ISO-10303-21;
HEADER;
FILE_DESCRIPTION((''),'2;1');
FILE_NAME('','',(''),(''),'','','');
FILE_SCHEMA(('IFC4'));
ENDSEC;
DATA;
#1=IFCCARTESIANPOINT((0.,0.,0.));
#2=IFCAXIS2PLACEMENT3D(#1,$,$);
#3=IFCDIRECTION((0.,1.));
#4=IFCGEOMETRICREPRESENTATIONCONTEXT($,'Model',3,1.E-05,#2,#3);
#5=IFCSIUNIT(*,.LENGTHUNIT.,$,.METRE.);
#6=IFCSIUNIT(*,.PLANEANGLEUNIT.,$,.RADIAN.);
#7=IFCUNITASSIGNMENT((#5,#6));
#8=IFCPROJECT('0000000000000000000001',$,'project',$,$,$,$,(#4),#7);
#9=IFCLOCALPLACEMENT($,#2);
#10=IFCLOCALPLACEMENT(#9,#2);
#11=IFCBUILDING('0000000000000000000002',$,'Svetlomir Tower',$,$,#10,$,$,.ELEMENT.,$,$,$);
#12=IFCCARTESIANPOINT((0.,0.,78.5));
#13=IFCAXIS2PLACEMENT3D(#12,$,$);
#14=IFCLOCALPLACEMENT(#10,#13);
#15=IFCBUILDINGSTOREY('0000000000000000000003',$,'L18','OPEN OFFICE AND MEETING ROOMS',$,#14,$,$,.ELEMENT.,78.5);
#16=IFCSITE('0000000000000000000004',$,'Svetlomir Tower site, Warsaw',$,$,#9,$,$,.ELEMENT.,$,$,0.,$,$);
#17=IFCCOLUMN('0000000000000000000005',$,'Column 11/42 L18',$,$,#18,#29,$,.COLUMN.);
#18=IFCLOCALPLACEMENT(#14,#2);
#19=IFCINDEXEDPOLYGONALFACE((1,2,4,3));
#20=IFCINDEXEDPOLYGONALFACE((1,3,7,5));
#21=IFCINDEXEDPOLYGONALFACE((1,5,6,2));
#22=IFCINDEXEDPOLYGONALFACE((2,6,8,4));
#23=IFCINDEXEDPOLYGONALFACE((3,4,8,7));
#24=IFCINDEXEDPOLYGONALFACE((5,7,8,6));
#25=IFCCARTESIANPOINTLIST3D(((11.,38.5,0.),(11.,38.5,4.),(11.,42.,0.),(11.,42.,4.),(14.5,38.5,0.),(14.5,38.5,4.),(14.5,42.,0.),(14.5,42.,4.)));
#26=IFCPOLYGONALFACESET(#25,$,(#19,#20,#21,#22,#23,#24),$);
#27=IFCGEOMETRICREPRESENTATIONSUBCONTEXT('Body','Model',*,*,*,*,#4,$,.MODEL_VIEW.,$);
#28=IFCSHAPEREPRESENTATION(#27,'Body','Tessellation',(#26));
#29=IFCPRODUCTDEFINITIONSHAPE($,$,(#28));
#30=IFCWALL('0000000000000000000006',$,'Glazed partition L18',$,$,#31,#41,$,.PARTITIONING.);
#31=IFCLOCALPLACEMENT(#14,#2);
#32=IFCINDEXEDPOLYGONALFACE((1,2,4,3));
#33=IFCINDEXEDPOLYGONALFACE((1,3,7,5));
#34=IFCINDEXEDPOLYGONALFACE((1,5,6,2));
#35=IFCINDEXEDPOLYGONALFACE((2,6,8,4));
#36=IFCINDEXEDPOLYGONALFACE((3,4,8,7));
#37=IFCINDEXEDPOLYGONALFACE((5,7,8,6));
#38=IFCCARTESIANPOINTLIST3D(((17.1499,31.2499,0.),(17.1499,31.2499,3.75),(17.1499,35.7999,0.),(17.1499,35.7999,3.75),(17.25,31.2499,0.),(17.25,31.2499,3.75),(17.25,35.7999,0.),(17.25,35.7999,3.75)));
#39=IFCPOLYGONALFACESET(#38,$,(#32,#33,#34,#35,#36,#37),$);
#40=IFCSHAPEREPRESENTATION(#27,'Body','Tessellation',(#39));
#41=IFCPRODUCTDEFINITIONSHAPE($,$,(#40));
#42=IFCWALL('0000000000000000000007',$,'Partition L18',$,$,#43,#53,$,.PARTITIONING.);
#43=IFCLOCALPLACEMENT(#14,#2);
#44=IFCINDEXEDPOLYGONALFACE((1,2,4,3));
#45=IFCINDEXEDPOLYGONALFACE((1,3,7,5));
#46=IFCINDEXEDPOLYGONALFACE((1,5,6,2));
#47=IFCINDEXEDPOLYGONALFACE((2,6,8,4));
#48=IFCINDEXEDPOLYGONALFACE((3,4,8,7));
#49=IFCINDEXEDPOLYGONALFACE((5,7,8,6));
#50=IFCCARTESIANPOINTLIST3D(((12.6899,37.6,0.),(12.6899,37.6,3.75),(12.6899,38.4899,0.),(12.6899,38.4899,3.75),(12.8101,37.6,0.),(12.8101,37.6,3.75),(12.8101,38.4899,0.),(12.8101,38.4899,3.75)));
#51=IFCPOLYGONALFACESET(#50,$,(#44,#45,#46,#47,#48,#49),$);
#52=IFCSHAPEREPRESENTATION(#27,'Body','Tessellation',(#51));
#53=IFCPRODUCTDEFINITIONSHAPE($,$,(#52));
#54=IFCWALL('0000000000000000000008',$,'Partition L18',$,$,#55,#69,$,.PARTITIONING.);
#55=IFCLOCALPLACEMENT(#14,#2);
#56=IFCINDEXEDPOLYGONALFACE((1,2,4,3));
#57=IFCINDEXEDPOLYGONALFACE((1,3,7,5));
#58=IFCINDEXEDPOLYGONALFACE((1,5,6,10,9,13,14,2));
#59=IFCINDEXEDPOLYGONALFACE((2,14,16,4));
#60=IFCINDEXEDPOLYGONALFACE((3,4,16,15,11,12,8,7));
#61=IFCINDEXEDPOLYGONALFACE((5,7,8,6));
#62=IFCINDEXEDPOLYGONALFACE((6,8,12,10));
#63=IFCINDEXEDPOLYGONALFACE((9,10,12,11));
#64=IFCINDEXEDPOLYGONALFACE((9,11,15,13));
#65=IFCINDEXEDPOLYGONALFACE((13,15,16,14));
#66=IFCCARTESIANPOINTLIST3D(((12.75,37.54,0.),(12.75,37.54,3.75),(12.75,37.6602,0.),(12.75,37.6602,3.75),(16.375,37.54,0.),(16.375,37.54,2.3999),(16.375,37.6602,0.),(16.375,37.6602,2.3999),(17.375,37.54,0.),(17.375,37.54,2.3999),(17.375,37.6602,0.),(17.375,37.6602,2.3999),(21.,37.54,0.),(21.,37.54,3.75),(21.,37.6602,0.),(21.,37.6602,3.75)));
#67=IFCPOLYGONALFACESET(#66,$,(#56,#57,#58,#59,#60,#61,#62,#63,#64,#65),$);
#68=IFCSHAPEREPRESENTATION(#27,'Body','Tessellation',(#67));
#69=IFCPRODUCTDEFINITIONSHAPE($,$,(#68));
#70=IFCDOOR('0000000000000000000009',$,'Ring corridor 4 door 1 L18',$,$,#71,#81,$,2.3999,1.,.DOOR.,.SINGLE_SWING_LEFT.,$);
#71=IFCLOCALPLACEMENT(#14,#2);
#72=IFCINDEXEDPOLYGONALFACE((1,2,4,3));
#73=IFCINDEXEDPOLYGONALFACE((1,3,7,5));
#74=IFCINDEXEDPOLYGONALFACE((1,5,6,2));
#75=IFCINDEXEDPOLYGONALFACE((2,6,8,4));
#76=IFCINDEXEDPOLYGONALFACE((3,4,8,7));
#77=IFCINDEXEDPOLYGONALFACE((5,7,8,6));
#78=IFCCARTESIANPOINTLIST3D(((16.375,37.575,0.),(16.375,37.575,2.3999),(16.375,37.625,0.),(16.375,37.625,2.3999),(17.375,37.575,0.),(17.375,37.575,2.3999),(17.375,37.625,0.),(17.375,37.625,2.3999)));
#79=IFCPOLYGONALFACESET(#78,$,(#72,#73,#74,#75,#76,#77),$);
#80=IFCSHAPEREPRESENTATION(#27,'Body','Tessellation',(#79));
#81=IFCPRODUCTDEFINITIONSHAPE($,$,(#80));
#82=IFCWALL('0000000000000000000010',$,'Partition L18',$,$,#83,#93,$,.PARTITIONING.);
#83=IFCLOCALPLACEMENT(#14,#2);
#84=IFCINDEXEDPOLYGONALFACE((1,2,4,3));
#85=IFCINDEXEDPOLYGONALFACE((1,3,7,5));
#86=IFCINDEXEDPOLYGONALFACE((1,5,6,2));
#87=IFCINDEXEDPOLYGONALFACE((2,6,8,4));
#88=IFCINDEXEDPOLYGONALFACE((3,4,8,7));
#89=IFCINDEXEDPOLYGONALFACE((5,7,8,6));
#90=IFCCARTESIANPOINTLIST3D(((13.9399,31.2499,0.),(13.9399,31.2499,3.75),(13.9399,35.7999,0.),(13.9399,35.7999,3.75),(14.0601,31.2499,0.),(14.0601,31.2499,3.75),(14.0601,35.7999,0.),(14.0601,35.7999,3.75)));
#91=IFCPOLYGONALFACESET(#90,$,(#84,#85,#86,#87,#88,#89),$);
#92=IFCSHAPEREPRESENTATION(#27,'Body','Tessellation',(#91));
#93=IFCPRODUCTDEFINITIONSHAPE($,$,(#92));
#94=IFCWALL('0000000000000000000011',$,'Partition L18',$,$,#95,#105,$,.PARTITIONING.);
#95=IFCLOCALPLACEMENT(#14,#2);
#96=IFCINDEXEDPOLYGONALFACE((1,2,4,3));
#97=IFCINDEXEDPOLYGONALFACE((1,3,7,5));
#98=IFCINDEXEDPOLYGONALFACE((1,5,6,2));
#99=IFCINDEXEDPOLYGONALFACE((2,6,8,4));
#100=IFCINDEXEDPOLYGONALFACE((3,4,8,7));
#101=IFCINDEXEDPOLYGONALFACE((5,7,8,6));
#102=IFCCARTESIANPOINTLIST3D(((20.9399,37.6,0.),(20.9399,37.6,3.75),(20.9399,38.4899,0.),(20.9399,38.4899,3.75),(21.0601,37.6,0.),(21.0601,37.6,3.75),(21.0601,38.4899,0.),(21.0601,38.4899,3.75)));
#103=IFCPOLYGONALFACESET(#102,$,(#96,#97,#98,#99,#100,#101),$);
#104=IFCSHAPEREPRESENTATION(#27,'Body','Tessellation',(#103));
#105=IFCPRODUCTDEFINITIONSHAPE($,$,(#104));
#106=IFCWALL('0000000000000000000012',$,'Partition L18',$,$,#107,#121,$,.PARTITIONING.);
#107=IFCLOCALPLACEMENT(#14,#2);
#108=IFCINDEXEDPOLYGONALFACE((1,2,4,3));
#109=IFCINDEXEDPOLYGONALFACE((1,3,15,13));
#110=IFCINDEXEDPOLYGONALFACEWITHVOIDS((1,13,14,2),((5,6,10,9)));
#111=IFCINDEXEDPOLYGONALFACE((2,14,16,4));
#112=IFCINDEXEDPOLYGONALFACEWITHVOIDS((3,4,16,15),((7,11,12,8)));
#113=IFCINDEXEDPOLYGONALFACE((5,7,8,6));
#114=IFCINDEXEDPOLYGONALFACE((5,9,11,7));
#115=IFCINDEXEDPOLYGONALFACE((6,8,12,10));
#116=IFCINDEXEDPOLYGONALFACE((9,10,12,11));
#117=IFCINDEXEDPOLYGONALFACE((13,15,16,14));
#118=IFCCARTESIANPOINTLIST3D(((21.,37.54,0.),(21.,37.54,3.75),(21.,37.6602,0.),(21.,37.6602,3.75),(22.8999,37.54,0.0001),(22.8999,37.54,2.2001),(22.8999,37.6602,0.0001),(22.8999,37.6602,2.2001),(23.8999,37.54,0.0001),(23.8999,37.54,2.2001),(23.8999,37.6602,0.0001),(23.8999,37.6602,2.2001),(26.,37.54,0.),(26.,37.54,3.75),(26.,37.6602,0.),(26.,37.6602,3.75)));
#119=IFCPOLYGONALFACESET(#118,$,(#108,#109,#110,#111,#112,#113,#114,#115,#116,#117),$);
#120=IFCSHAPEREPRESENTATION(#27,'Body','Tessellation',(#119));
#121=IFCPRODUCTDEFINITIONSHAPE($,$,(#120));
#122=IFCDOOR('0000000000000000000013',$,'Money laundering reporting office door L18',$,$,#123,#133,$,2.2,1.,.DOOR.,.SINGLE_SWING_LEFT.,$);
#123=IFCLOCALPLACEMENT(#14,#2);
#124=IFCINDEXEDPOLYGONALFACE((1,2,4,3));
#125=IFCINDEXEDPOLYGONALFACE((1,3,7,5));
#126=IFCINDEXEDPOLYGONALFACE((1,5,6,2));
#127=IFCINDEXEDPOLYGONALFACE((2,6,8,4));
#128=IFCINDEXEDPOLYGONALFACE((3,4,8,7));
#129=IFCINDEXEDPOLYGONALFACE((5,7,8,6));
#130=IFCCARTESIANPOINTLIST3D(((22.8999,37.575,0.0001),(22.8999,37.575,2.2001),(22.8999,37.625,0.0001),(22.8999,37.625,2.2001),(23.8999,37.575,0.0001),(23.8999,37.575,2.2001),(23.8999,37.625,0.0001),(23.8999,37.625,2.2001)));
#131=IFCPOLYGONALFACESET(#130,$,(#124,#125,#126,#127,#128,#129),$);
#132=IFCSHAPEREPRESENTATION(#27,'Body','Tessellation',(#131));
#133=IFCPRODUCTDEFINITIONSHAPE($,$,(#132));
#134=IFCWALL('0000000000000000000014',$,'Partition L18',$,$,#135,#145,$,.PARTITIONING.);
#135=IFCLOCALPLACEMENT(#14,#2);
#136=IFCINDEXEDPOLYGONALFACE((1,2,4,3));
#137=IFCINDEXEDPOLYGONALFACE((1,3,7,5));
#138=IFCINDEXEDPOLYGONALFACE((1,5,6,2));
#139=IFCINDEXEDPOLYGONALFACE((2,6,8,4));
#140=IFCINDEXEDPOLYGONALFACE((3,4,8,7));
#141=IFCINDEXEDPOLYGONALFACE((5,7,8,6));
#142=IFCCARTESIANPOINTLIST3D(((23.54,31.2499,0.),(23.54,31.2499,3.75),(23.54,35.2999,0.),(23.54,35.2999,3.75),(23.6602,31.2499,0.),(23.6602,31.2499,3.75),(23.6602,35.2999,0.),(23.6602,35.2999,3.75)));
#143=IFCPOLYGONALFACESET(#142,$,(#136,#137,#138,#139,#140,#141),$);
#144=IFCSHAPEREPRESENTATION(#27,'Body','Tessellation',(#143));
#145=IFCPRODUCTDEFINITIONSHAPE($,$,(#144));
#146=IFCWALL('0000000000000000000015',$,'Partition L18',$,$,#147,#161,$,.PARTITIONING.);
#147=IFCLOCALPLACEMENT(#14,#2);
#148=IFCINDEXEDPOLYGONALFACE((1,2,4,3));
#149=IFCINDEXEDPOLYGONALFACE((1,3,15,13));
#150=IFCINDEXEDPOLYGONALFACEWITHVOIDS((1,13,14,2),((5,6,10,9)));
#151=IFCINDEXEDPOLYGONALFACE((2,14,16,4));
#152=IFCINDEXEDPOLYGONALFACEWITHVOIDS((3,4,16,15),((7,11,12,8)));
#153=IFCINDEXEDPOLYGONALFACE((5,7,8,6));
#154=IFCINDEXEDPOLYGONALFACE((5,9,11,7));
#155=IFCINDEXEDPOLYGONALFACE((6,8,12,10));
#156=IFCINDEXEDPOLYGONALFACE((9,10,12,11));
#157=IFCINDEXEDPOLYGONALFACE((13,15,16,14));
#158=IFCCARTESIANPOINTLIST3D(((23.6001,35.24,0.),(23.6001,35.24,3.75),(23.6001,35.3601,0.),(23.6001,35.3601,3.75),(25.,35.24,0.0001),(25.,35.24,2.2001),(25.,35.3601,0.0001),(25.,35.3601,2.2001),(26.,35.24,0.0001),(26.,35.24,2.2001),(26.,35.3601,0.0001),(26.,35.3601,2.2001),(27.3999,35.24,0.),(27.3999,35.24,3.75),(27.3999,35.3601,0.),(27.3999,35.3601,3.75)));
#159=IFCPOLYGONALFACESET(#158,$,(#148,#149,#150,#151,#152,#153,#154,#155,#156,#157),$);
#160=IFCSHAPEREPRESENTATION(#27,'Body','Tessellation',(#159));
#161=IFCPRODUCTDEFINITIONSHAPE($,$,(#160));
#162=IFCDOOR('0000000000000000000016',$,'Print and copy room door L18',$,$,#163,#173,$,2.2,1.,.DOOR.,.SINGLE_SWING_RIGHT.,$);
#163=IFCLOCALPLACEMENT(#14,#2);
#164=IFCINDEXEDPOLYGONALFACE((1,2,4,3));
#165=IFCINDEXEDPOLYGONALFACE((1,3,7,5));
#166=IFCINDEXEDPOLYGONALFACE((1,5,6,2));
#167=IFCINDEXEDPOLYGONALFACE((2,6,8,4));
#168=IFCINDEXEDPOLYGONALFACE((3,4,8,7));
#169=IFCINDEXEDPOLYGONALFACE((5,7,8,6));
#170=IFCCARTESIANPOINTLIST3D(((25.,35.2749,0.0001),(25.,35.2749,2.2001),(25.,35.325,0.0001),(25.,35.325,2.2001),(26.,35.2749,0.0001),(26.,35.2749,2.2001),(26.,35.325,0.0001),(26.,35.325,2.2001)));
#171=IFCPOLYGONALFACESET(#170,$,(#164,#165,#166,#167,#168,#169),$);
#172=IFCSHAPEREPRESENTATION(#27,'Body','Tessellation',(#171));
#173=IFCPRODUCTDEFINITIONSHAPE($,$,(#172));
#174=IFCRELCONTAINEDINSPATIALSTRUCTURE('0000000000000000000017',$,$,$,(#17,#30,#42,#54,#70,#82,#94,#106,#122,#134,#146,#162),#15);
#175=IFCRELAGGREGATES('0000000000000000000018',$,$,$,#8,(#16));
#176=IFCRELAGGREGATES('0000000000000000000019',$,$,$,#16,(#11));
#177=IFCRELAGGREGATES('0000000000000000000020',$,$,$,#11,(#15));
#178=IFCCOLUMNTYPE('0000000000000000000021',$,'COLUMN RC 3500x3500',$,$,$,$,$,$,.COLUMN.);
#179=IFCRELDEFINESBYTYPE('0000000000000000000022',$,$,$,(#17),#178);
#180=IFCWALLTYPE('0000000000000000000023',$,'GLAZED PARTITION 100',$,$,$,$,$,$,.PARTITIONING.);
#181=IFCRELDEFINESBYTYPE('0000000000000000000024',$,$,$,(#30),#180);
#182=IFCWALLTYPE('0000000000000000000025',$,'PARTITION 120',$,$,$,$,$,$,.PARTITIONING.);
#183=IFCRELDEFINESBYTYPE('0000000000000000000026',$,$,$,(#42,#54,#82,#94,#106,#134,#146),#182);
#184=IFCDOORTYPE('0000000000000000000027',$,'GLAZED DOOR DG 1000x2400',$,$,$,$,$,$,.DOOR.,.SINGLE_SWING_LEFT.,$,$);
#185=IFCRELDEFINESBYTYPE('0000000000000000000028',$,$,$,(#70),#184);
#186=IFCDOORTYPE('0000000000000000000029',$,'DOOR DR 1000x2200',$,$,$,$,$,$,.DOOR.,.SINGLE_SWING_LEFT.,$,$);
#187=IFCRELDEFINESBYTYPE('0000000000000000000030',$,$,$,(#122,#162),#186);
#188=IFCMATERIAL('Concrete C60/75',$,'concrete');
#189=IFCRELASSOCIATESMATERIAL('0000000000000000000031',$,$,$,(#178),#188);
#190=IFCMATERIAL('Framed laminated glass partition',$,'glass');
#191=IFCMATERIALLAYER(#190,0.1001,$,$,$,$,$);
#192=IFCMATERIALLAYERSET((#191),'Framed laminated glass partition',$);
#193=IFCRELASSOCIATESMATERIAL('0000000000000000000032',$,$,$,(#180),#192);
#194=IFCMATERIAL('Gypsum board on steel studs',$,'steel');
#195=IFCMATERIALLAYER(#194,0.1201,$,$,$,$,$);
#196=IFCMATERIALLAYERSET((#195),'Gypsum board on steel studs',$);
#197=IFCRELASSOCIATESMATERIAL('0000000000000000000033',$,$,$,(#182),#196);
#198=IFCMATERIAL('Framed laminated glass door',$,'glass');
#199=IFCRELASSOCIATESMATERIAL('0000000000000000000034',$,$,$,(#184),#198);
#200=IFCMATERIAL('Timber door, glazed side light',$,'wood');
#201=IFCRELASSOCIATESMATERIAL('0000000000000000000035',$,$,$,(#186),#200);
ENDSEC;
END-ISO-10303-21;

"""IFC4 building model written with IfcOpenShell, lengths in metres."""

from ifc_helpers import new_model, si_unit, direction, frame, frame_2d, origin, origin_2d, place, context, subcontext, project, spatial, rectangle, extrude, material, layer, layer_set, material_profile, profile_set, type_object, element, fill, save


model = new_model("IFC4")

# Units and contexts
model_context = context("Model", 3, precision=1e-05, world=origin(), true_north=direction((0.0, 1.0)))
body_context = subcontext(model_context, "Body", "Model", "MODEL_VIEW")
ifc_project = project(units=[si_unit("LENGTHUNIT", "METRE"), si_unit("PLANEANGLEUNIT", "RADIAN")], contexts=[model_context])

# Site, building, storey
site_placement = place(None, origin())
site = spatial("IfcSite", under=ifc_project, at=site_placement, Name="Svetlomir Tower site, Warsaw", CompositionType="ELEMENT", RefElevation=0.0)
building_placement = place(site_placement, origin())
building = spatial("IfcBuilding", under=site, at=building_placement, Name="Svetlomir Tower", CompositionType="ELEMENT")
storey_placement = place(building_placement, frame((0.0, 0.0, 78.5)))
storey = spatial("IfcBuildingStorey", under=building, at=storey_placement, Name="L18", Description="OPEN OFFICE AND MEETING ROOMS", CompositionType="ELEMENT", Elevation=78.5)

# Column
ifc_material_1 = material(Name="Concrete C60/75", Category="concrete")
ifc_material_profile = material_profile(ifc_material_1, rectangle(XDim=3.5, YDim=3.5, at=origin_2d()), Name="RC 3500x3500")
ifc_profile_set = profile_set([ifc_material_profile], Name="Concrete C60/75")
column_type = type_object("IfcColumnType", Name="COLUMN RC 3500x3500", PredefinedType="COLUMN", material=ifc_profile_set)
column_placement = place(storey_placement, frame((12.75, 40.25, 0.0), z_axis=(0.0, 0.0, 1.0), x_axis=(1.0, 0.0, 0.0)))
element("IfcColumn", 1, at=column_placement, inside=storey, type_object=column_type, Name="Column 11/42 L18", PredefinedType="COLUMN", context=body_context, shape_type="SweptSolid", body=[
    extrude(rectangle(XDim=3.5, YDim=3.5, at=origin_2d()), origin(), (0.0, 0.0, 1.0), 4.0),
])

# Walls
ifc_material_2 = material(Name="Framed laminated glass partition", Category="glass")
ifc_layer_1 = layer(ifc_material_2, 0.1001)
ifc_layer_set_1 = layer_set([ifc_layer_1], Name="Framed laminated glass partition")
wall_type_1 = type_object("IfcWallType", Name="GLAZED PARTITION 100", PredefinedType="PARTITIONING", material=ifc_layer_set_1)
wall_1_placement = place(storey_placement, frame((17.2, 31.25, 0.0), z_axis=(0.0, 0.0, 1.0), x_axis=(0.0, 1.0, 0.0)))
element("IfcWall", 2, at=wall_1_placement, inside=storey, type_object=wall_type_1, Name="Glazed partition L18", PredefinedType="PARTITIONING", context=body_context, shape_type="SweptSolid", body=[
    extrude(rectangle(XDim=4.55, YDim=0.1001, at=frame_2d((2.2749, 0.0))), origin(), (0.0, 0.0, 1.0), 3.75),
])
ifc_material_3 = material(Name="Gypsum board on steel studs", Category="steel")
ifc_layer_2 = layer(ifc_material_3, 0.1201)
ifc_layer_set_2 = layer_set([ifc_layer_2], Name="Gypsum board on steel studs")
wall_type_2 = type_object("IfcWallType", Name="PARTITION 120", PredefinedType="PARTITIONING", material=ifc_layer_set_2)
wall_2_placement = place(storey_placement, frame((12.75, 37.6001, 0.0), z_axis=(0.0, 0.0, 1.0), x_axis=(0.0, 1.0, 0.0)))
element("IfcWall", 3, at=wall_2_placement, inside=storey, type_object=wall_type_2, Name="Partition L18", PredefinedType="PARTITIONING", context=body_context, shape_type="SweptSolid", body=[
    extrude(rectangle(XDim=0.8899, YDim=0.1201, at=frame_2d((0.4448, 0.0))), origin(), (0.0, 0.0, 1.0), 3.75),
])

# Wall, opening, door
wall_3_placement = place(storey_placement, frame((12.75, 37.6001, 0.0), z_axis=(0.0, 0.0, 1.0), x_axis=(1.0, 0.0, 0.0)))
wall_3 = element("IfcWall", 4, at=wall_3_placement, inside=storey, type_object=wall_type_2, Name="Partition L18", PredefinedType="PARTITIONING", context=body_context, shape_type="SweptSolid", body=[
    extrude(rectangle(XDim=8.25, YDim=0.1201, at=frame_2d((4.125, 0.0))), origin(), (0.0, 0.0, 1.0), 3.75),
])
opening_1_placement = place(wall_3_placement, frame((3.625, 0.0, 0.0)))
opening_1 = element("IfcOpeningElement", 5, at=opening_1_placement, cuts=wall_3, PredefinedType="OPENING", context=body_context, shape_type="SweptSolid", body=[
    extrude(rectangle(XDim=1.0, YDim=2.3999, at=frame_2d((0.5, 1.2))), frame((0.0, 0.0701, 0.0), z_axis=(0.0, -1.0, 0.0), x_axis=(1.0, 0.0, 0.0)), (0.0, 0.0, 1.0), 0.1401),
])
ifc_material_4 = material(Name="Framed laminated glass door", Category="glass")
door_type_1 = type_object("IfcDoorType", Name="GLAZED DOOR DG 1000x2400", OperationType="SINGLE_SWING_LEFT", PredefinedType="DOOR", material=ifc_material_4)
door_1_placement = place(opening_1_placement, origin())
door_1 = element("IfcDoor", 6, at=door_1_placement, inside=storey, type_object=door_type_1, Name="Ring corridor 4 door 1 L18", OperationType="SINGLE_SWING_LEFT", OverallHeight=2.3999, OverallWidth=1.0, PredefinedType="DOOR", context=body_context, shape_type="SweptSolid", body=[
    extrude(rectangle(XDim=1.0, YDim=2.3999, at=frame_2d((0.5, 1.2))), frame((0.0, 0.0249, 0.0), z_axis=(0.0, -1.0, 0.0), x_axis=(1.0, 0.0, 0.0)), (0.0, 0.0, 1.0), 0.05),
])
fill(opening_1, door_1)

# Wall
wall_4_placement = place(storey_placement, frame((14.0, 31.25, 0.0), z_axis=(0.0, 0.0, 1.0), x_axis=(0.0, 1.0, 0.0)))
element("IfcWall", 7, at=wall_4_placement, inside=storey, type_object=wall_type_2, Name="Partition L18", PredefinedType="PARTITIONING", context=body_context, shape_type="SweptSolid", body=[
    extrude(rectangle(XDim=4.55, YDim=0.1201, at=frame_2d((2.2749, 0.0))), origin(), (0.0, 0.0, 1.0), 3.75),
])

# Wall
wall_5_placement = place(storey_placement, frame((21.0, 37.6001, 0.0), z_axis=(0.0, 0.0, 1.0), x_axis=(0.0, 1.0, 0.0)))
element("IfcWall", 8, at=wall_5_placement, inside=storey, type_object=wall_type_2, Name="Partition L18", PredefinedType="PARTITIONING", context=body_context, shape_type="SweptSolid", body=[
    extrude(rectangle(XDim=0.8899, YDim=0.1201, at=frame_2d((0.4448, 0.0))), origin(), (0.0, 0.0, 1.0), 3.75),
])

# Wall, opening, door
wall_6_placement = place(storey_placement, frame((21.0, 37.6001, 0.0), z_axis=(0.0, 0.0, 1.0), x_axis=(1.0, 0.0, 0.0)))
wall_6 = element("IfcWall", 9, at=wall_6_placement, inside=storey, type_object=wall_type_2, Name="Partition L18", PredefinedType="PARTITIONING", context=body_context, shape_type="SweptSolid", body=[
    extrude(rectangle(XDim=5.0, YDim=0.1201, at=frame_2d((2.5, 0.0))), origin(), (0.0, 0.0, 1.0), 3.75),
])
opening_2_placement = place(wall_6_placement, frame((1.8999, 0.0, 0.0)))
opening_2 = element("IfcOpeningElement", 10, at=opening_2_placement, cuts=wall_6, PredefinedType="OPENING", context=body_context, shape_type="SweptSolid", body=[
    extrude(rectangle(XDim=1.0, YDim=2.2, at=frame_2d((0.5, 1.1001))), frame((0.0, 0.0701, 0.0), z_axis=(0.0, -1.0, 0.0), x_axis=(1.0, 0.0, 0.0)), (0.0, 0.0, 1.0), 0.1401),
])
ifc_material_5 = material(Name="Timber door, glazed side light", Category="wood")
door_type_2 = type_object("IfcDoorType", Name="DOOR DR 1000x2200", OperationType="SINGLE_SWING_LEFT", PredefinedType="DOOR", material=ifc_material_5)
door_2_placement = place(opening_2_placement, origin())
door_2 = element("IfcDoor", 11, at=door_2_placement, inside=storey, type_object=door_type_2, Name="Money laundering reporting office door L18", OperationType="SINGLE_SWING_LEFT", OverallHeight=2.2, OverallWidth=1.0, PredefinedType="DOOR", context=body_context, shape_type="SweptSolid", body=[
    extrude(rectangle(XDim=1.0, YDim=2.2, at=frame_2d((0.5, 1.1001))), frame((0.0, 0.0249, 0.0), z_axis=(0.0, -1.0, 0.0), x_axis=(1.0, 0.0, 0.0)), (0.0, 0.0, 1.0), 0.05),
])
fill(opening_2, door_2)

# Wall
wall_7_placement = place(storey_placement, frame((23.6001, 31.25, 0.0), z_axis=(0.0, 0.0, 1.0), x_axis=(0.0, 1.0, 0.0)))
element("IfcWall", 12, at=wall_7_placement, inside=storey, type_object=wall_type_2, Name="Partition L18", PredefinedType="PARTITIONING", context=body_context, shape_type="SweptSolid", body=[
    extrude(rectangle(XDim=4.05, YDim=0.1201, at=frame_2d((2.0249, 0.0))), origin(), (0.0, 0.0, 1.0), 3.75),
])

# Wall, opening, door
wall_8_placement = place(storey_placement, frame((23.6001, 35.3, 0.0), z_axis=(0.0, 0.0, 1.0), x_axis=(1.0, 0.0, 0.0)))
wall_8 = element("IfcWall", 13, at=wall_8_placement, inside=storey, type_object=wall_type_2, Name="Partition L18", PredefinedType="PARTITIONING", context=body_context, shape_type="SweptSolid", body=[
    extrude(rectangle(XDim=3.7998, YDim=0.1201, at=frame_2d((1.8999, 0.0))), origin(), (0.0, 0.0, 1.0), 3.75),
])
opening_3_placement = place(wall_8_placement, frame((1.3999, 0.0, 0.0)))
opening_3 = element("IfcOpeningElement", 14, at=opening_3_placement, cuts=wall_8, PredefinedType="OPENING", context=body_context, shape_type="SweptSolid", body=[
    extrude(rectangle(XDim=1.0, YDim=2.2, at=frame_2d((0.5, 1.1001))), frame((0.0, 0.0701, 0.0), z_axis=(0.0, -1.0, 0.0), x_axis=(1.0, 0.0, 0.0)), (0.0, 0.0, 1.0), 0.1401),
])
door_3_placement = place(opening_3_placement, origin())
door_3 = element("IfcDoor", 15, at=door_3_placement, inside=storey, type_object=door_type_2, Name="Print and copy room door L18", OperationType="SINGLE_SWING_RIGHT", OverallHeight=2.2, OverallWidth=1.0, PredefinedType="DOOR", context=body_context, shape_type="SweptSolid", body=[
    extrude(rectangle(XDim=1.0, YDim=2.2, at=frame_2d((0.5, 1.1001))), frame((0.0, 0.0249, 0.0), z_axis=(0.0, -1.0, 0.0), x_axis=(1.0, 0.0, 0.0)), (0.0, 0.0, 1.0), 0.05),
])
fill(opening_3, door_3)

save(model, "model.ifc")
